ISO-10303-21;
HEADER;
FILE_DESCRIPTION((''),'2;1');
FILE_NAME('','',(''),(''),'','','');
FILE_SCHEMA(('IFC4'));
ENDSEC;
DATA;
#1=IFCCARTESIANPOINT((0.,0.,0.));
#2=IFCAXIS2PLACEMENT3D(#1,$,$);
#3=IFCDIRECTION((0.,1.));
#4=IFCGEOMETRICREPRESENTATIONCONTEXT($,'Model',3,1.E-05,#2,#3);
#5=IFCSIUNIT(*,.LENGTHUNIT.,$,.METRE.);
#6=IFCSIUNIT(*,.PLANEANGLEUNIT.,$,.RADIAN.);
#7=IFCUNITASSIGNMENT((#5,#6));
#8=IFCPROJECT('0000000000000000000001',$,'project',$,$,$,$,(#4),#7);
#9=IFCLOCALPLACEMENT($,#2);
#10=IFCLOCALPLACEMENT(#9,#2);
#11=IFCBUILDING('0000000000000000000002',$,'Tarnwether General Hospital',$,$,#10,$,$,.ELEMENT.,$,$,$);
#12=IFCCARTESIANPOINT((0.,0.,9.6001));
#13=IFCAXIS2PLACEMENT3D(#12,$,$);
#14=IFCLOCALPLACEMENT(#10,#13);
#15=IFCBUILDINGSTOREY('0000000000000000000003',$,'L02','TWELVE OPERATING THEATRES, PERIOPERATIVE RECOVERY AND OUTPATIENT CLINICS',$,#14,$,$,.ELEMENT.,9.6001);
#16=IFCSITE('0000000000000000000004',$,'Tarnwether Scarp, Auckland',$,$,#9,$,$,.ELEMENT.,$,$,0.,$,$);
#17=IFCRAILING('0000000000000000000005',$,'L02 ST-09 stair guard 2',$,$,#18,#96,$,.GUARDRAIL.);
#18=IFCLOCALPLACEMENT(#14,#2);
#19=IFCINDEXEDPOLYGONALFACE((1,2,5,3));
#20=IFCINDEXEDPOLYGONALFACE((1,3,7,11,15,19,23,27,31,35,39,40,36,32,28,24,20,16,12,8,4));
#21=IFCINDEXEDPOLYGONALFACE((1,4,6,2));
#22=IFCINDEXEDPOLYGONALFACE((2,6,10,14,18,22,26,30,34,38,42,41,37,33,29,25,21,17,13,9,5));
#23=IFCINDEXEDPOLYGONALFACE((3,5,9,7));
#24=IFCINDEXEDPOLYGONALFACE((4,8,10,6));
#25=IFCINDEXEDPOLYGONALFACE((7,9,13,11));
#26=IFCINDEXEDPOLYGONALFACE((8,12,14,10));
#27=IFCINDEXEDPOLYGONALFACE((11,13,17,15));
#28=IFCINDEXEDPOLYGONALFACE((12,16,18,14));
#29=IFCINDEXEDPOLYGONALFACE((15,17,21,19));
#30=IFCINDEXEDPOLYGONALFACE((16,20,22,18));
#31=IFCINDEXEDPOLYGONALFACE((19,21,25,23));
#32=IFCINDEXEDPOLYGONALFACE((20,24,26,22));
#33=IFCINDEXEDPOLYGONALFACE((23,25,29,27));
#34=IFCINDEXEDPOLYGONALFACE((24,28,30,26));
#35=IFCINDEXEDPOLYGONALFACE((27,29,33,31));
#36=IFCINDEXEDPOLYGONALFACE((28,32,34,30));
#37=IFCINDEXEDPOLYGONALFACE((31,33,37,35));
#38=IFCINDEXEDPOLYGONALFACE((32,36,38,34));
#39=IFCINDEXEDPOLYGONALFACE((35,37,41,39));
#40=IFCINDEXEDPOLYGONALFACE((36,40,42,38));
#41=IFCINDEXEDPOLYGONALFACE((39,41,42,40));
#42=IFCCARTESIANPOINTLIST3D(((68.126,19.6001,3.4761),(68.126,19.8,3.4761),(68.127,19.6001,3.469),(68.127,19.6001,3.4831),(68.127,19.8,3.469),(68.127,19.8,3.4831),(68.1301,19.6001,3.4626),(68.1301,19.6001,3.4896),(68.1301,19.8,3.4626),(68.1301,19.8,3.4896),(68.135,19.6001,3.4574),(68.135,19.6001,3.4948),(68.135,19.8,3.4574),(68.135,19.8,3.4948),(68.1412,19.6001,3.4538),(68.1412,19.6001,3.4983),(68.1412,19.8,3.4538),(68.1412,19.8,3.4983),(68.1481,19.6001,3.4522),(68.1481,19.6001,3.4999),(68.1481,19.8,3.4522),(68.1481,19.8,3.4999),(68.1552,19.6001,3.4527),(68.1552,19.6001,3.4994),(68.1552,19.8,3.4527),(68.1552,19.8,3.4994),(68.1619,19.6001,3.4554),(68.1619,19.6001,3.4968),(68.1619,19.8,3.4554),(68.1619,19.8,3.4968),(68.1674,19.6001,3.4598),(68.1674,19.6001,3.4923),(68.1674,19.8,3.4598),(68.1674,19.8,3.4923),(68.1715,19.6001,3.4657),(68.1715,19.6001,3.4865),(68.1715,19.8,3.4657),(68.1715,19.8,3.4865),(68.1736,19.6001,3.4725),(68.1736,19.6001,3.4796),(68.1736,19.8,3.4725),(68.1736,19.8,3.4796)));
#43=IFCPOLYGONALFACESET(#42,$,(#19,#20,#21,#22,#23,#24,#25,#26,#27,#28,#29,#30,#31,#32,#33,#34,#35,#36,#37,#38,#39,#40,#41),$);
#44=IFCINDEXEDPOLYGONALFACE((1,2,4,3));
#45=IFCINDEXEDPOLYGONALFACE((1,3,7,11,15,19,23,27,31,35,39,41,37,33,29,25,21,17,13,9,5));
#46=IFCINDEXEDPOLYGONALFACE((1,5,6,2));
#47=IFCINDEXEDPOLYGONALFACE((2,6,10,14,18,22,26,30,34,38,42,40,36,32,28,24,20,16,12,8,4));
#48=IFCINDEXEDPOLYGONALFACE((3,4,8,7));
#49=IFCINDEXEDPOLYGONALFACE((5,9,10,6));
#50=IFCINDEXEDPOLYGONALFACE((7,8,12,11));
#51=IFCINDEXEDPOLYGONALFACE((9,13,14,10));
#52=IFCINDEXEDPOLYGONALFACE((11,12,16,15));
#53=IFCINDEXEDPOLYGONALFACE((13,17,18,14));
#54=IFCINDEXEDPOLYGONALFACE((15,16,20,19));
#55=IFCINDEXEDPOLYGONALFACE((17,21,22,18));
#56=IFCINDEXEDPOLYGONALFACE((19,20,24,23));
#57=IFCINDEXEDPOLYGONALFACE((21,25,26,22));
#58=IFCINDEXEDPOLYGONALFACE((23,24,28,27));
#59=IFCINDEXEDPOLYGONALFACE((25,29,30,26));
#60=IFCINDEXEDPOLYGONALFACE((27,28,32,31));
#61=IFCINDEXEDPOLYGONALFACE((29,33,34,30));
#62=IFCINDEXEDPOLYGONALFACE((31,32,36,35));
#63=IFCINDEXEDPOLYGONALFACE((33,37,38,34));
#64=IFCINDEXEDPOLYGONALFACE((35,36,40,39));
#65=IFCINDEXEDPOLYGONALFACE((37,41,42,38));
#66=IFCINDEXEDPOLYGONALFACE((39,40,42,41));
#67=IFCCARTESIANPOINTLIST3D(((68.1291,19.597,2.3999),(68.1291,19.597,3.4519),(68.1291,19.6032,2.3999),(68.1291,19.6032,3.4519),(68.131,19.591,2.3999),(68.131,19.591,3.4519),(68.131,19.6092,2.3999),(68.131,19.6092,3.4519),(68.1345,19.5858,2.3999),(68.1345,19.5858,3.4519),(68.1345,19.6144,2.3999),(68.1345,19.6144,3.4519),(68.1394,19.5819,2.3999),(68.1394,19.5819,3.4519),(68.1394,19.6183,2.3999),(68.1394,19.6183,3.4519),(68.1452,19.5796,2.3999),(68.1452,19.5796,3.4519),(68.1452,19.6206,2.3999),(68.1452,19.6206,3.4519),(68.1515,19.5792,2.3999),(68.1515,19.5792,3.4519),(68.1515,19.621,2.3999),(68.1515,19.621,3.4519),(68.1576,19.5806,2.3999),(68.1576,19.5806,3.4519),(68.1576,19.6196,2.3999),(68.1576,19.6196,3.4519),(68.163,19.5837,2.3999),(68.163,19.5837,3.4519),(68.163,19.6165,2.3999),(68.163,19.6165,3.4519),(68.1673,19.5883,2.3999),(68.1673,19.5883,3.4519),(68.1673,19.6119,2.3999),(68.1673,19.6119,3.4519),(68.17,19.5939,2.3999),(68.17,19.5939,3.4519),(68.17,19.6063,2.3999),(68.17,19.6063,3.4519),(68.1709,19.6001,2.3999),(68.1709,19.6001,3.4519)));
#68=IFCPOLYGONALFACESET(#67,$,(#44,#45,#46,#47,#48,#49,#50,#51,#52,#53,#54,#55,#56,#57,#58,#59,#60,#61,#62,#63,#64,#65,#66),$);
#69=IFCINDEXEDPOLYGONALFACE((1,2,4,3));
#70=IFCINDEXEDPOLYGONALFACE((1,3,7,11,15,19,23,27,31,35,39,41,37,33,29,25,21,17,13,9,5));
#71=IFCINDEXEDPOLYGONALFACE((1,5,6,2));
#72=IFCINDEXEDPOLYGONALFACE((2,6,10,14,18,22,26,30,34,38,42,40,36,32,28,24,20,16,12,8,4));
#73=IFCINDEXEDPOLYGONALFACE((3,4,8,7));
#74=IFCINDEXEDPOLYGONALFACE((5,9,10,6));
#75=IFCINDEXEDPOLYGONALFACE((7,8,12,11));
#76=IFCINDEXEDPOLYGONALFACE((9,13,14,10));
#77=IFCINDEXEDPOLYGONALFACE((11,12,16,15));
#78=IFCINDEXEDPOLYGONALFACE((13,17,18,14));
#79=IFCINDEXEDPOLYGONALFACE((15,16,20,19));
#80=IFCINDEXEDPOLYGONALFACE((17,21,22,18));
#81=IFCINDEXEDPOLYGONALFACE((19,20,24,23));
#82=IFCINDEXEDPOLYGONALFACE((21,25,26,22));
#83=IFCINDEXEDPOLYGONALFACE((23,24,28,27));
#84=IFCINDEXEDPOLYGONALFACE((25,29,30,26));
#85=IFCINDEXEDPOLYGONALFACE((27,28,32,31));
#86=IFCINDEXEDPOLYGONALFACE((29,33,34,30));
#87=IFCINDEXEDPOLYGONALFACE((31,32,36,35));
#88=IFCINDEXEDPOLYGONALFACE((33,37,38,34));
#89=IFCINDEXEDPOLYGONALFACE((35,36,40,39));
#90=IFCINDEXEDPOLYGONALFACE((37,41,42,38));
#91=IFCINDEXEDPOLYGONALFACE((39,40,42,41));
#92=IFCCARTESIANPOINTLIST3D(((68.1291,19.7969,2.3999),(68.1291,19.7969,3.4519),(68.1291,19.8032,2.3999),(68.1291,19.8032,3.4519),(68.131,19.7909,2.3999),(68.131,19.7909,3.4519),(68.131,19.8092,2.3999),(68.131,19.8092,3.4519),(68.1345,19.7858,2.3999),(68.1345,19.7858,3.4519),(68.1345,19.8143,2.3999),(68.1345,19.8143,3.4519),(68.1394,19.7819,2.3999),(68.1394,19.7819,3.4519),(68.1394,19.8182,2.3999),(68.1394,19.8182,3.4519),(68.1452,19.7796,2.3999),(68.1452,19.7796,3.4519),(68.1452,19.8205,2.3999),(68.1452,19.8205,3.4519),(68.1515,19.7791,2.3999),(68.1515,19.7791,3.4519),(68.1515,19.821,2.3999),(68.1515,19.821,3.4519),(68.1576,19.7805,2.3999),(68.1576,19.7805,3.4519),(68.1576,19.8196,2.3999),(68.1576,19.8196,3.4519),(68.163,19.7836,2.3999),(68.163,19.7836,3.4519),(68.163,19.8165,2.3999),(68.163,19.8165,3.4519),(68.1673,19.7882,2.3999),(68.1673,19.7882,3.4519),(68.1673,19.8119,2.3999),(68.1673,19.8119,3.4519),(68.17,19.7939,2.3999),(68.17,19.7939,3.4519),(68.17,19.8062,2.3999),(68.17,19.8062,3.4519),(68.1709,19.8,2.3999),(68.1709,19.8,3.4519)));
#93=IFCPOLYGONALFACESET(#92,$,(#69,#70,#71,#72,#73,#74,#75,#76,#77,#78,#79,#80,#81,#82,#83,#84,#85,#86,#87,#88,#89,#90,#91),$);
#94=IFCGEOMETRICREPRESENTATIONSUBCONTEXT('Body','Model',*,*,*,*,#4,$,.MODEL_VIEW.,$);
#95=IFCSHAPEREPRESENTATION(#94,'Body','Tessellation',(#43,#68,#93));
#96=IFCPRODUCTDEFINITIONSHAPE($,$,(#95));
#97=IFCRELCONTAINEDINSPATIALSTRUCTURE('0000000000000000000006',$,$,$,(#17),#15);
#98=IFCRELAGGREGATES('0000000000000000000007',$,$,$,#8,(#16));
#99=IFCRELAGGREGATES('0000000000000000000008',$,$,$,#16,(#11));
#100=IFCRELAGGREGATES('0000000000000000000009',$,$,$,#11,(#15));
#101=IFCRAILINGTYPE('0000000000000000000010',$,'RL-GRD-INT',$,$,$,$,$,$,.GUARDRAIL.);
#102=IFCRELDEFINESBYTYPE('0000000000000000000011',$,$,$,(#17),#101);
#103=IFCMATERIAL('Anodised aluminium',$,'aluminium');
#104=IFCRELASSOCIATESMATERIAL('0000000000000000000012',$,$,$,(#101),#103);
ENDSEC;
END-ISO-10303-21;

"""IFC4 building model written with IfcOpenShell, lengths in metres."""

from ifc_helpers import new_model, si_unit, direction, frame, origin, origin_2d, place, context, subcontext, project, spatial, circle, extrude, material, type_object, element, save


model = new_model("IFC4")

# Units and contexts
model_context = context("Model", 3, precision=1e-05, world=origin(), true_north=direction((0.0, 1.0)))
body_context = subcontext(model_context, "Body", "Model", "MODEL_VIEW")
ifc_project = project(units=[si_unit("LENGTHUNIT", "METRE"), si_unit("PLANEANGLEUNIT", "RADIAN")], contexts=[model_context])

# Site, building, storey
site_placement = place(None, origin())
site = spatial("IfcSite", under=ifc_project, at=site_placement, Name="Tarnwether Scarp, Auckland", CompositionType="ELEMENT", RefElevation=0.0)
building_placement = place(site_placement, origin())
building = spatial("IfcBuilding", under=site, at=building_placement, Name="Tarnwether General Hospital", CompositionType="ELEMENT")
storey_placement = place(building_placement, frame((0.0, 0.0, 9.6001)))
storey = spatial("IfcBuildingStorey", under=building, at=storey_placement, Name="L02", Description="TWELVE OPERATING THEATRES, PERIOPERATIVE RECOVERY AND OUTPATIENT CLINICS", CompositionType="ELEMENT", Elevation=9.6001)

# Railing
ifc_material_1 = material(Name="Anodised aluminium", Category="aluminium")
railing_type_1 = type_object("IfcRailingType", Name="RL-GRD-INT", PredefinedType="GUARDRAIL", material=ifc_material_1)
railing_1_placement = place(storey_placement, frame((68.1499, 19.6001, 2.3999)))
element("IfcRailing", 1, at=railing_1_placement, inside=storey, type_object=railing_type_1, Name="L02 ST-09 stair guard 2", PredefinedType="GUARDRAIL", context=body_context, shape_type="SweptSolid", body=[
    extrude(circle(Radius=0.0239, at=origin_2d()), frame((0.0, 0.0, 1.0762), z_axis=(0.0, 1.0, 0.0), x_axis=(-1.0, 0.0, 0.0)), (0.0, 0.0, 1.0), 0.2),
    extrude(circle(Radius=0.021, at=origin_2d()), origin(), (0.0, 0.0, 1.0), 1.052),
    extrude(circle(Radius=0.021, at=origin_2d()), frame((0.0, 0.2, 0.0)), (0.0, 0.0, 1.0), 1.052),
])

save(model, "model.ifc")
